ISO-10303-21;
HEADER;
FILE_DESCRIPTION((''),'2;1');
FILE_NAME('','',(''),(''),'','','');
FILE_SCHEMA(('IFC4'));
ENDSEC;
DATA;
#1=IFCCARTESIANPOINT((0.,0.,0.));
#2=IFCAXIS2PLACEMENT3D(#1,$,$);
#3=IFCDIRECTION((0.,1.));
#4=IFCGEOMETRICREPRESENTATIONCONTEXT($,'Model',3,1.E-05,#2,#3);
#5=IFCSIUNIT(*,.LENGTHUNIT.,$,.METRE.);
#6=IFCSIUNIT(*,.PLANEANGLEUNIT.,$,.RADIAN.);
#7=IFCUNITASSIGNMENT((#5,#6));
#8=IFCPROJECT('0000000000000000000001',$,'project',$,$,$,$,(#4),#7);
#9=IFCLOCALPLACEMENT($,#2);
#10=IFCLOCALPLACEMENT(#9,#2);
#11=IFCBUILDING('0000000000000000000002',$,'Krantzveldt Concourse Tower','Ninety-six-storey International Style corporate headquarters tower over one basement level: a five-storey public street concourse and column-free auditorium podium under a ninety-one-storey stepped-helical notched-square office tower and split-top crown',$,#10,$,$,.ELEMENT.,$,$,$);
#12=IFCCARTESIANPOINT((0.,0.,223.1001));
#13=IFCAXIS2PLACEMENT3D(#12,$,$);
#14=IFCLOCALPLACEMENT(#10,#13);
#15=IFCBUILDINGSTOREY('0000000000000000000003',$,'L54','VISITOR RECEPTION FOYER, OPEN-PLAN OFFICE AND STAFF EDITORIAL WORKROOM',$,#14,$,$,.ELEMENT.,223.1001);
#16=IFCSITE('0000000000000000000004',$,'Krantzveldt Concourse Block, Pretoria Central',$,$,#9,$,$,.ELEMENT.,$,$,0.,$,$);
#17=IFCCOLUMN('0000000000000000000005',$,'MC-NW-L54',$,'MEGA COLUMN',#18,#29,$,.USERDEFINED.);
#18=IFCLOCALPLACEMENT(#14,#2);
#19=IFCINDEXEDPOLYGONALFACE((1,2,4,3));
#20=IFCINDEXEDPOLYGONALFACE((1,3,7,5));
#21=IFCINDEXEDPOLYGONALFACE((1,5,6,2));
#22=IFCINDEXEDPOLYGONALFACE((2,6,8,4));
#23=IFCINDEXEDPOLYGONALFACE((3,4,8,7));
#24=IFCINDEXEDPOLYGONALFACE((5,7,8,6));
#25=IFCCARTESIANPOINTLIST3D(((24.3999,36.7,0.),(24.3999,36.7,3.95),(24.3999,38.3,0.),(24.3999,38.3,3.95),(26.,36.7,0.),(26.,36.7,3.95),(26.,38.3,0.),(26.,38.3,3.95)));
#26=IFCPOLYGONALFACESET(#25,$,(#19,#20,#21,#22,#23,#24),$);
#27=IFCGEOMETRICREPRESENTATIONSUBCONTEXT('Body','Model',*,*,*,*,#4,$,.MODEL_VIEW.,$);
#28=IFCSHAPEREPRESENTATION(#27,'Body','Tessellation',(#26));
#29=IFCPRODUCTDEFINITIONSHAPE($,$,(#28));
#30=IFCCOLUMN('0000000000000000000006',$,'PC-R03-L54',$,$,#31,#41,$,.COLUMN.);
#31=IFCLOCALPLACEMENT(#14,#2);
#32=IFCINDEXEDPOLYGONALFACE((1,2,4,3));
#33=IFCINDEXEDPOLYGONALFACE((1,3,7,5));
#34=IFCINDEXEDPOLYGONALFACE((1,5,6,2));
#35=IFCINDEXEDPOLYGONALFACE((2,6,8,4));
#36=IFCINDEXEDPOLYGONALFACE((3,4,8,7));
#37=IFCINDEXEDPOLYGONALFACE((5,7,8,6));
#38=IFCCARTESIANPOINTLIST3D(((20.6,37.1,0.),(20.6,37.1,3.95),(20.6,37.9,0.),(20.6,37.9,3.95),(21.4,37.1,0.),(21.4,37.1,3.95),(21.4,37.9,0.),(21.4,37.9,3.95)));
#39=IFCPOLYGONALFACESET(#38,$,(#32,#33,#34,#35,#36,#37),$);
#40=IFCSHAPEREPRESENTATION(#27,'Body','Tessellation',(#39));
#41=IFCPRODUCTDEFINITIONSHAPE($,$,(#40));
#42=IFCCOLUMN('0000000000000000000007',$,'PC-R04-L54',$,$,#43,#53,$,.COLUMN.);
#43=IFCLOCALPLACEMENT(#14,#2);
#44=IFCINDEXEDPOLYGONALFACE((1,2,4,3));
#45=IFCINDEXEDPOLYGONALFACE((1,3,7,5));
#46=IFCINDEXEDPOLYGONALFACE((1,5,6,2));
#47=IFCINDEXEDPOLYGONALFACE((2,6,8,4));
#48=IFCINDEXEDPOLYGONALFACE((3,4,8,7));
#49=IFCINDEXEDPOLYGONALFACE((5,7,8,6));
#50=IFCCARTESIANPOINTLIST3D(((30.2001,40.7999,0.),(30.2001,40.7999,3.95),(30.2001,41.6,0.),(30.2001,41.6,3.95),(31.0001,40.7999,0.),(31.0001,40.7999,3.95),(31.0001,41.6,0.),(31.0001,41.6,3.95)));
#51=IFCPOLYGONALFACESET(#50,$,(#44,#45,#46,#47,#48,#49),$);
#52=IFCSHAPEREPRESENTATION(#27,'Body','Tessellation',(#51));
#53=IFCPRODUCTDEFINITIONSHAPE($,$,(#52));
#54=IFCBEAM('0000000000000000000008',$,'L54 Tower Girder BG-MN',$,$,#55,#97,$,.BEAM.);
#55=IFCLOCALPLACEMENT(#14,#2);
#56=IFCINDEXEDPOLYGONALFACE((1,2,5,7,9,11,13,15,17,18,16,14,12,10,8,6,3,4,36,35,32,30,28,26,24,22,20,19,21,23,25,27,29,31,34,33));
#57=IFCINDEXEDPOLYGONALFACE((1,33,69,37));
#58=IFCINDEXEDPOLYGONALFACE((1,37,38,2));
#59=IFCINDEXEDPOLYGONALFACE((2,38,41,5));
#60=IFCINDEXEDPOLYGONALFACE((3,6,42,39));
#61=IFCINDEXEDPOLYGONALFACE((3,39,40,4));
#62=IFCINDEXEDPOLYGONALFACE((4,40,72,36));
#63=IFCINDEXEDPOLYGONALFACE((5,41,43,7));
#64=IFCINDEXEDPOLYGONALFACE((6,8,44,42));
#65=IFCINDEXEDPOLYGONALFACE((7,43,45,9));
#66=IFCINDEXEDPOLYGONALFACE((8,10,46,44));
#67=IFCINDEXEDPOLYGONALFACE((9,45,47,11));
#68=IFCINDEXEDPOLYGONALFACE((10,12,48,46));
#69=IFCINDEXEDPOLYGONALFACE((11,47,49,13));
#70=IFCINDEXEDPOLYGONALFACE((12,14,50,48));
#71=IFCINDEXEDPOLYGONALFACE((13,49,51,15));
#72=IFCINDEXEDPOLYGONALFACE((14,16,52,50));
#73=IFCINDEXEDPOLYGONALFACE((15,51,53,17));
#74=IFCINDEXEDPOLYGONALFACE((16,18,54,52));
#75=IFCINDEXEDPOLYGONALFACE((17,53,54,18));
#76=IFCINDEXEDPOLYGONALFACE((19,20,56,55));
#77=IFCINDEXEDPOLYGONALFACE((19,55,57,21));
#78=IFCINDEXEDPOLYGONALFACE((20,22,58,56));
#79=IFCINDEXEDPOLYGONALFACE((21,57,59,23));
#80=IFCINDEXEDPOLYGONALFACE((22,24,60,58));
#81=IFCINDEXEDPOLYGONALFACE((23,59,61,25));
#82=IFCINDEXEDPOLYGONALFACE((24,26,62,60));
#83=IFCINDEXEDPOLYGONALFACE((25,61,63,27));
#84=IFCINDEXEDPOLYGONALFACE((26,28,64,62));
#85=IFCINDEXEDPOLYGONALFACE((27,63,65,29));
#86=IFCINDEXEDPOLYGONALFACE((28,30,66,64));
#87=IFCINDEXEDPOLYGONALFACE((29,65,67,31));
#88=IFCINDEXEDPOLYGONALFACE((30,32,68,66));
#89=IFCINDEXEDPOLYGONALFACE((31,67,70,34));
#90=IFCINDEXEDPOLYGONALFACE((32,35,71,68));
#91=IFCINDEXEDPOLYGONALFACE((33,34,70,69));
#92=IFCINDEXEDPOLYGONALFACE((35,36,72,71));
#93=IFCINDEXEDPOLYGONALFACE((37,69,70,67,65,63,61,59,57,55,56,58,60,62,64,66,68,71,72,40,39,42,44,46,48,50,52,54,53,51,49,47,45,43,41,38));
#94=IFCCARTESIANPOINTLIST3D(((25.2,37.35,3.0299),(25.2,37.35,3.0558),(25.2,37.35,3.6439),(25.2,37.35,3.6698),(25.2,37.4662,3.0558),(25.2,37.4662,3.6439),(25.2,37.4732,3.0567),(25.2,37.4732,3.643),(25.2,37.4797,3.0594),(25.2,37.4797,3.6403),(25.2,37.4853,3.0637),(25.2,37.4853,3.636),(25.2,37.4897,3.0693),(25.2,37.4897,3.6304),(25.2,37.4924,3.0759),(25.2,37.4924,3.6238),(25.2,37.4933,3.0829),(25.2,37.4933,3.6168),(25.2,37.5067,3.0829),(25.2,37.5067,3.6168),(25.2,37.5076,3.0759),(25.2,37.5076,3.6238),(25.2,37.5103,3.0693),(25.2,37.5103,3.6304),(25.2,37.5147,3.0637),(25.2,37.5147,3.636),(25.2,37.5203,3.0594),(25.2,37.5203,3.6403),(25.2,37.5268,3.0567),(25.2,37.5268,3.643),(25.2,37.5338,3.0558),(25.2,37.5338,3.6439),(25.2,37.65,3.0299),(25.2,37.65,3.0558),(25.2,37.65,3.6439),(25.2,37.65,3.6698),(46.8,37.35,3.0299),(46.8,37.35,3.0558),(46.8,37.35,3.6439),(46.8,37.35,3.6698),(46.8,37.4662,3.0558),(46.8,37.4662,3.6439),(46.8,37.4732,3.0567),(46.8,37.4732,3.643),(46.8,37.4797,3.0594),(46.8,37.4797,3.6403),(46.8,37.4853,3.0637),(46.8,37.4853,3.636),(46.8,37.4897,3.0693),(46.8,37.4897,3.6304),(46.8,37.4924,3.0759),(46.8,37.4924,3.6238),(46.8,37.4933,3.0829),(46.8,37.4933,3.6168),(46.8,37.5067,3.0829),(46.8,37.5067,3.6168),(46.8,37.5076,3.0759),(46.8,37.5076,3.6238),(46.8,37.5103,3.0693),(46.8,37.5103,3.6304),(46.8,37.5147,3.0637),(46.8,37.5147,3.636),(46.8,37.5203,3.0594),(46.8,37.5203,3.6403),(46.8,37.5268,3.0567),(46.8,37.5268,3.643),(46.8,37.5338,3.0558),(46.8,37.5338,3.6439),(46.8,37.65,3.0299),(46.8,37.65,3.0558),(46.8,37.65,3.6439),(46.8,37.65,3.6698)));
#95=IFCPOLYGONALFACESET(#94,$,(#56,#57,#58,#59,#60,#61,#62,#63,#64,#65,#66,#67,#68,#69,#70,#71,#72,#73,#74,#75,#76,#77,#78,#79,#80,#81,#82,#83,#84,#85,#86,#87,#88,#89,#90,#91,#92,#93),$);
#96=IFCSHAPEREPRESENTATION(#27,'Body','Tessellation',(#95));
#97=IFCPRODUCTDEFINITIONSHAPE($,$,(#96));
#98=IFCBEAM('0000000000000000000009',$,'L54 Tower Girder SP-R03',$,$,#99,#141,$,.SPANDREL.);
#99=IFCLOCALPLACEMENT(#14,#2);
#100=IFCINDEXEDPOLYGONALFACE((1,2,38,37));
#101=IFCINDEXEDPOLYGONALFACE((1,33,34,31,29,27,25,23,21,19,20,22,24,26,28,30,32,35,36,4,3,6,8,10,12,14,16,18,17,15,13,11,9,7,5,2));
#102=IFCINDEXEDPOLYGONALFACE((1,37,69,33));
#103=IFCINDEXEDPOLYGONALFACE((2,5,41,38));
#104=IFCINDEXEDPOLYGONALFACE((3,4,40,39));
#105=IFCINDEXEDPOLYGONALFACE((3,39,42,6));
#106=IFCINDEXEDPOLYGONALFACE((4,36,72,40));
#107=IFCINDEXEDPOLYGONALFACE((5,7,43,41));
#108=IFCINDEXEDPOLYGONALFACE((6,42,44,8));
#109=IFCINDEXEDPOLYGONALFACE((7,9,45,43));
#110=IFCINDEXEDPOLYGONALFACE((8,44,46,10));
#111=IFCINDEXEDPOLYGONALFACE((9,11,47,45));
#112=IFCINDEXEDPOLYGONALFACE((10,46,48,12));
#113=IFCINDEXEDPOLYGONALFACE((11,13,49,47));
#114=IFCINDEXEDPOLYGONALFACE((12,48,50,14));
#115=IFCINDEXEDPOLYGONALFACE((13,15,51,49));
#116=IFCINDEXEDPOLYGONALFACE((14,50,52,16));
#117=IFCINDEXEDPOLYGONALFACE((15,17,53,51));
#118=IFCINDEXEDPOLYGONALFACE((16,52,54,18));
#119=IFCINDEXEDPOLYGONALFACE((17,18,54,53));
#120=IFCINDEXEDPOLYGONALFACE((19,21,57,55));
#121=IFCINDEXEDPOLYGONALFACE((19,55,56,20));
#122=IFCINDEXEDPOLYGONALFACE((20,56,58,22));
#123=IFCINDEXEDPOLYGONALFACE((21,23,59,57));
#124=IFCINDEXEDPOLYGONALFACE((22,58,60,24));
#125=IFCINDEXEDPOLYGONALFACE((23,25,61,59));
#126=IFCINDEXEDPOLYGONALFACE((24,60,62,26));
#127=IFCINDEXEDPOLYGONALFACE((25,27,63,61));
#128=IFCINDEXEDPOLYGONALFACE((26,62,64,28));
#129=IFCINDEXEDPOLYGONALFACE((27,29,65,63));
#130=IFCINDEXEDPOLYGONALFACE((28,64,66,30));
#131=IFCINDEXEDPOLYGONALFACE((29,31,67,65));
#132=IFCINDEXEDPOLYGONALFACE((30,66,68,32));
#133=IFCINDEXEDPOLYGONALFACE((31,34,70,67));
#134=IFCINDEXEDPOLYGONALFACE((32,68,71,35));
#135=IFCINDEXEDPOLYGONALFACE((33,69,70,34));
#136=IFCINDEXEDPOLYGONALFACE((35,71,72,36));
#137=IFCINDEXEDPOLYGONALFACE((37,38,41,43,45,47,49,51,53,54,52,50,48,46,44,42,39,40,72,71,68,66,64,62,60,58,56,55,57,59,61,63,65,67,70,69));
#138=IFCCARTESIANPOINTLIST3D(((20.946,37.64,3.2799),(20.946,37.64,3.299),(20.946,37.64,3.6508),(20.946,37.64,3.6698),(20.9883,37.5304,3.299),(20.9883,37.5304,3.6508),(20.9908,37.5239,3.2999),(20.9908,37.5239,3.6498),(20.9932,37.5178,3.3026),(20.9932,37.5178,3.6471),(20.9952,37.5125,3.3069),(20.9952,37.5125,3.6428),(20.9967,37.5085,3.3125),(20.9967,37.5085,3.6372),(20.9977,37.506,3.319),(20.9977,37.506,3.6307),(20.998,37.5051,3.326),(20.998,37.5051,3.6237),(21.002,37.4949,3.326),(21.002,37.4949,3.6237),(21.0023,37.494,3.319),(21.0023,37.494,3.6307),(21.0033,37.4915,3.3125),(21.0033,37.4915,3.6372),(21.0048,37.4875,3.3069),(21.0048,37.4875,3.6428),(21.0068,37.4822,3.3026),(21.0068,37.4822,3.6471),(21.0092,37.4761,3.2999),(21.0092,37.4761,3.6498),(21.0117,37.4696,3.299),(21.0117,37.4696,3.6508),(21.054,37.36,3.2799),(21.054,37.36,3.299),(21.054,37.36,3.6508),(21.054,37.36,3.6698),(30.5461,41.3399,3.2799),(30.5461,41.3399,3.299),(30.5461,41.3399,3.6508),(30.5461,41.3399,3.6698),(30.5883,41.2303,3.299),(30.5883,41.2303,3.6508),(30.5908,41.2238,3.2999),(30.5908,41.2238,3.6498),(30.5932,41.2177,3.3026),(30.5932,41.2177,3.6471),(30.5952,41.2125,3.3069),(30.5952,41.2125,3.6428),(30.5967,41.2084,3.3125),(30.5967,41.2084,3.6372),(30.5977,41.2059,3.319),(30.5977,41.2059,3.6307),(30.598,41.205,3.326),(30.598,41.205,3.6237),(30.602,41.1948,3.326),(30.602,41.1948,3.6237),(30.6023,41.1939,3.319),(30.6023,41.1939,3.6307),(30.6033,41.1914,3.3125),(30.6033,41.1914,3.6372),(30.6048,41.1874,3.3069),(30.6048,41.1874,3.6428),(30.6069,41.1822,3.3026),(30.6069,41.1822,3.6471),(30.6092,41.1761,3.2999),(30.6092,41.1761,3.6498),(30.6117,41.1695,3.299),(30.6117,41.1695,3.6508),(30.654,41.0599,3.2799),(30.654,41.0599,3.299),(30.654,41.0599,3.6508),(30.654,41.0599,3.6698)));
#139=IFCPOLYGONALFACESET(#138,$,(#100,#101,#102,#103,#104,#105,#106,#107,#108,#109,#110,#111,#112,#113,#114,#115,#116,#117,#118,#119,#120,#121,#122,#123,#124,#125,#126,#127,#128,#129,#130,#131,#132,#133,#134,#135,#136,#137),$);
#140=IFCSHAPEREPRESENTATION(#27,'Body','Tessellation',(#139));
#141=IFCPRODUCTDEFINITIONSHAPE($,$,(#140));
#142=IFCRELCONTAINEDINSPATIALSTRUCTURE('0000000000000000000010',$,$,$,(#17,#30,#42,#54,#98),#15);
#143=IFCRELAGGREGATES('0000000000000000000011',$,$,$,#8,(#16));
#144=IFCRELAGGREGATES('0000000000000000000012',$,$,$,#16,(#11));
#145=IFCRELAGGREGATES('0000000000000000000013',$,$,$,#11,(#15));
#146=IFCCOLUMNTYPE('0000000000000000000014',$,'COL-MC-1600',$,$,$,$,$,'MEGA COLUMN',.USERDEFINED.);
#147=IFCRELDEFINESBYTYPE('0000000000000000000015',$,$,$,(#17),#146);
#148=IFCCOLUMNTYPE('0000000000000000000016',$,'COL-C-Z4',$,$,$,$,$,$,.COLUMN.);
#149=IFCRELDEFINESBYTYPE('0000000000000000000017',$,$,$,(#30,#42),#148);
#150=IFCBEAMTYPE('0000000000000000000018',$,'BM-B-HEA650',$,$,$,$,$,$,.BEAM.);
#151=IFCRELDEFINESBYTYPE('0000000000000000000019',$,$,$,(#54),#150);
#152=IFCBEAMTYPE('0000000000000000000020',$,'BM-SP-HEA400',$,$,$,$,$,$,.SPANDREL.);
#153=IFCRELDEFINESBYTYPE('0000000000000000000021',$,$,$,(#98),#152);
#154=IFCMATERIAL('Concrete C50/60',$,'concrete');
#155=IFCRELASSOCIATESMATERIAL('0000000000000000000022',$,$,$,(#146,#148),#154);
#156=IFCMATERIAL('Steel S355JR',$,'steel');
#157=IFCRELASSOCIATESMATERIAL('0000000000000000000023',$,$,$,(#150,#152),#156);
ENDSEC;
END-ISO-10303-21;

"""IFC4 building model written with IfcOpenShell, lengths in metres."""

from ifc_helpers import new_model, si_unit, direction, frame, origin, origin_2d, place, context, subcontext, project, spatial, rectangle, i_section, extrude, source, transform, mapped, material, material_profile, profile_set, type_object, type_shapes, element, save


model = new_model("IFC4")

# Units and contexts
model_context = context("Model", 3, precision=1e-05, world=origin(), true_north=direction((0.0, 1.0)))
body_context = subcontext(model_context, "Body", "Model", "MODEL_VIEW")
ifc_project = project(units=[si_unit("LENGTHUNIT", "METRE"), si_unit("PLANEANGLEUNIT", "RADIAN")], contexts=[model_context])

# Site, building, storey
site_placement = place(None, origin())
site = spatial("IfcSite", under=ifc_project, at=site_placement, Name="Krantzveldt Concourse Block, Pretoria Central", CompositionType="ELEMENT", RefElevation=0.0)
building_placement = place(site_placement, origin())
building = spatial("IfcBuilding", under=site, at=building_placement, Name="Krantzveldt Concourse Tower", Description="Ninety-six-storey International Style corporate headquarters tower over one basement level: a five-storey public street concourse and column-free auditorium podium under a ninety-one-storey stepped-helical notched-square office tower and split-top crown", CompositionType="ELEMENT")
storey_placement = place(building_placement, frame((0.0, 0.0, 223.1001)))
storey = spatial("IfcBuildingStorey", under=building, at=storey_placement, Name="L54", Description="VISITOR RECEPTION FOYER, OPEN-PLAN OFFICE AND STAFF EDITORIAL WORKROOM", CompositionType="ELEMENT", Elevation=223.1001)

# Columns
ifc_material_1 = material(Name="Concrete C50/60", Category="concrete")
ifc_material_profile_1 = material_profile(ifc_material_1, rectangle(XDim=1.6001, YDim=1.6001, at=origin_2d()), Name="Concrete C50/60", Category="concrete")
ifc_profile_set_1 = profile_set([ifc_material_profile_1], Name="Concrete C50/60 - RC 1600x1600")
column_type_1 = type_object("IfcColumnType", Name="COL-MC-1600", ElementType="MEGA COLUMN", PredefinedType="USERDEFINED", material=ifc_profile_set_1)
shared_shape_1 = source(origin(), body_context, "Body", "SweptSolid", [
    extrude(rectangle(XDim=1.6001, YDim=1.6001, at=origin_2d()), origin(), (0.0, 0.0, 1.0), 3.95),
])
type_shapes(column_type_1, [shared_shape_1])
column_placement = place(storey_placement, frame((25.2, 37.5, 0.0), z_axis=(0.0, 0.0, 1.0), x_axis=(1.0, 0.0, 0.0)))
element("IfcColumn", 1, at=column_placement, inside=storey, type_object=column_type_1, Name="MC-NW-L54", ObjectType="MEGA COLUMN", PredefinedType="USERDEFINED", context=body_context, shape_type="MappedRepresentation", body=[
    mapped(shared_shape_1, transform((0.0, 0.0, 0.0), x_axis=(1.0, 0.0, 0.0), y_axis=(0.0, 1.0, 0.0), z_axis=(0.0, 0.0, 1.0), scale=1.0)),
])
ifc_material_profile_2 = material_profile(ifc_material_1, rectangle(XDim=0.8, YDim=0.8, at=origin_2d()), Name="Concrete C50/60", Category="concrete")
ifc_profile_set_2 = profile_set([ifc_material_profile_2], Name="Concrete C50/60 - RC 800x800")
column_type_2 = type_object("IfcColumnType", Name="COL-C-Z4", PredefinedType="COLUMN", material=ifc_profile_set_2)
shared_shape_2 = source(origin(), body_context, "Body", "SweptSolid", [
    extrude(rectangle(XDim=0.8, YDim=0.8, at=origin_2d()), origin(), (0.0, 0.0, 1.0), 3.95),
])
type_shapes(column_type_2, [shared_shape_2])
for number, where, z_axis, x_axis, name in (
    (2, (21.0, 37.5, 0.0), (0.0, 0.0, 1.0), (1.0, 0.0, 0.0), "PC-R03-L54"),
    (3, (30.6001, 41.2, 0.0), (0.0, 0.0, 1.0), (1.0, 0.0, 0.0), "PC-R04-L54"),
):
    element("IfcColumn", number, at=place(storey_placement, frame(where, z_axis=z_axis, x_axis=x_axis)), inside=storey, type_object=column_type_2, Name=name, PredefinedType="COLUMN", context=body_context, shape_type="MappedRepresentation", body=[
        mapped(shared_shape_2, transform((0.0, 0.0, 0.0), x_axis=(1.0, 0.0, 0.0), y_axis=(0.0, 1.0, 0.0), z_axis=(0.0, 0.0, 1.0), scale=1.0)),
    ])

# Beams
ifc_material_2 = material(Name="Steel S355JR", Category="steel")
ifc_material_profile_3 = material_profile(ifc_material_2, i_section(OverallWidth=0.3, OverallDepth=0.6399, WebThickness=0.0134, FlangeThickness=0.0259, FilletRadius=0.0271, at=origin_2d()), Name="Steel S355JR", Category="steel")
ifc_profile_set_3 = profile_set([ifc_material_profile_3], Name="Steel S355JR - HEA 650")
beam_type_1 = type_object("IfcBeamType", Name="BM-B-HEA650", PredefinedType="BEAM", material=ifc_profile_set_3)
shared_shape_3 = source(origin(), body_context, "Body", "SweptSolid", [
    extrude(i_section(OverallWidth=0.3, OverallDepth=0.6399, WebThickness=0.0134, FlangeThickness=0.0259, FilletRadius=0.0271, at=origin_2d()), origin(), (0.0, 0.0, 1.0), 21.6001),
])
type_shapes(beam_type_1, [shared_shape_3])
beam_1_placement = place(storey_placement, frame((25.2, 37.5, 3.3499), z_axis=(1.0, 0.0, 0.0), x_axis=(0.0, 1.0, 0.0)))
element("IfcBeam", 4, at=beam_1_placement, inside=storey, type_object=beam_type_1, Name="L54 Tower Girder BG-MN", PredefinedType="BEAM", context=body_context, shape_type="MappedRepresentation", body=[
    mapped(shared_shape_3, transform((0.0, 0.0, 0.0), x_axis=(1.0, 0.0, 0.0), y_axis=(0.0, 1.0, 0.0), z_axis=(0.0, 0.0, 1.0), scale=1.0)),
])
ifc_material_profile_4 = material_profile(ifc_material_2, i_section(OverallWidth=0.3, OverallDepth=0.3899, WebThickness=0.011, FlangeThickness=0.019, FilletRadius=0.0271, at=origin_2d()), Name="Steel S355JR", Category="steel")
ifc_profile_set_4 = profile_set([ifc_material_profile_4], Name="Steel S355JR - HEA 400")
beam_type_2 = type_object("IfcBeamType", Name="BM-SP-HEA400", PredefinedType="SPANDREL", material=ifc_profile_set_4)
shared_shape_4 = source(origin(), body_context, "Body", "SweptSolid", [
    extrude(i_section(OverallWidth=0.3, OverallDepth=0.3899, WebThickness=0.011, FlangeThickness=0.019, FilletRadius=0.0271, at=origin_2d()), origin(), (0.0, 0.0, 1.0), 10.2883),
])
beam_2_placement = place(storey_placement, frame((21.0, 37.5, 3.4749), z_axis=(0.933098, 0.359623, 0.0), x_axis=(-0.359623, 0.933098, 0.0)))
element("IfcBeam", 5, at=beam_2_placement, inside=storey, type_object=beam_type_2, Name="L54 Tower Girder SP-R03", PredefinedType="SPANDREL", context=body_context, shape_type="MappedRepresentation", body=[
    mapped(shared_shape_4, transform((0.0, 0.0, 0.0), x_axis=(1.0, 0.0, 0.0), y_axis=(0.0, 1.0, 0.0), z_axis=(0.0, 0.0, 1.0), scale=1.0)),
])

save(model, "model.ifc")
